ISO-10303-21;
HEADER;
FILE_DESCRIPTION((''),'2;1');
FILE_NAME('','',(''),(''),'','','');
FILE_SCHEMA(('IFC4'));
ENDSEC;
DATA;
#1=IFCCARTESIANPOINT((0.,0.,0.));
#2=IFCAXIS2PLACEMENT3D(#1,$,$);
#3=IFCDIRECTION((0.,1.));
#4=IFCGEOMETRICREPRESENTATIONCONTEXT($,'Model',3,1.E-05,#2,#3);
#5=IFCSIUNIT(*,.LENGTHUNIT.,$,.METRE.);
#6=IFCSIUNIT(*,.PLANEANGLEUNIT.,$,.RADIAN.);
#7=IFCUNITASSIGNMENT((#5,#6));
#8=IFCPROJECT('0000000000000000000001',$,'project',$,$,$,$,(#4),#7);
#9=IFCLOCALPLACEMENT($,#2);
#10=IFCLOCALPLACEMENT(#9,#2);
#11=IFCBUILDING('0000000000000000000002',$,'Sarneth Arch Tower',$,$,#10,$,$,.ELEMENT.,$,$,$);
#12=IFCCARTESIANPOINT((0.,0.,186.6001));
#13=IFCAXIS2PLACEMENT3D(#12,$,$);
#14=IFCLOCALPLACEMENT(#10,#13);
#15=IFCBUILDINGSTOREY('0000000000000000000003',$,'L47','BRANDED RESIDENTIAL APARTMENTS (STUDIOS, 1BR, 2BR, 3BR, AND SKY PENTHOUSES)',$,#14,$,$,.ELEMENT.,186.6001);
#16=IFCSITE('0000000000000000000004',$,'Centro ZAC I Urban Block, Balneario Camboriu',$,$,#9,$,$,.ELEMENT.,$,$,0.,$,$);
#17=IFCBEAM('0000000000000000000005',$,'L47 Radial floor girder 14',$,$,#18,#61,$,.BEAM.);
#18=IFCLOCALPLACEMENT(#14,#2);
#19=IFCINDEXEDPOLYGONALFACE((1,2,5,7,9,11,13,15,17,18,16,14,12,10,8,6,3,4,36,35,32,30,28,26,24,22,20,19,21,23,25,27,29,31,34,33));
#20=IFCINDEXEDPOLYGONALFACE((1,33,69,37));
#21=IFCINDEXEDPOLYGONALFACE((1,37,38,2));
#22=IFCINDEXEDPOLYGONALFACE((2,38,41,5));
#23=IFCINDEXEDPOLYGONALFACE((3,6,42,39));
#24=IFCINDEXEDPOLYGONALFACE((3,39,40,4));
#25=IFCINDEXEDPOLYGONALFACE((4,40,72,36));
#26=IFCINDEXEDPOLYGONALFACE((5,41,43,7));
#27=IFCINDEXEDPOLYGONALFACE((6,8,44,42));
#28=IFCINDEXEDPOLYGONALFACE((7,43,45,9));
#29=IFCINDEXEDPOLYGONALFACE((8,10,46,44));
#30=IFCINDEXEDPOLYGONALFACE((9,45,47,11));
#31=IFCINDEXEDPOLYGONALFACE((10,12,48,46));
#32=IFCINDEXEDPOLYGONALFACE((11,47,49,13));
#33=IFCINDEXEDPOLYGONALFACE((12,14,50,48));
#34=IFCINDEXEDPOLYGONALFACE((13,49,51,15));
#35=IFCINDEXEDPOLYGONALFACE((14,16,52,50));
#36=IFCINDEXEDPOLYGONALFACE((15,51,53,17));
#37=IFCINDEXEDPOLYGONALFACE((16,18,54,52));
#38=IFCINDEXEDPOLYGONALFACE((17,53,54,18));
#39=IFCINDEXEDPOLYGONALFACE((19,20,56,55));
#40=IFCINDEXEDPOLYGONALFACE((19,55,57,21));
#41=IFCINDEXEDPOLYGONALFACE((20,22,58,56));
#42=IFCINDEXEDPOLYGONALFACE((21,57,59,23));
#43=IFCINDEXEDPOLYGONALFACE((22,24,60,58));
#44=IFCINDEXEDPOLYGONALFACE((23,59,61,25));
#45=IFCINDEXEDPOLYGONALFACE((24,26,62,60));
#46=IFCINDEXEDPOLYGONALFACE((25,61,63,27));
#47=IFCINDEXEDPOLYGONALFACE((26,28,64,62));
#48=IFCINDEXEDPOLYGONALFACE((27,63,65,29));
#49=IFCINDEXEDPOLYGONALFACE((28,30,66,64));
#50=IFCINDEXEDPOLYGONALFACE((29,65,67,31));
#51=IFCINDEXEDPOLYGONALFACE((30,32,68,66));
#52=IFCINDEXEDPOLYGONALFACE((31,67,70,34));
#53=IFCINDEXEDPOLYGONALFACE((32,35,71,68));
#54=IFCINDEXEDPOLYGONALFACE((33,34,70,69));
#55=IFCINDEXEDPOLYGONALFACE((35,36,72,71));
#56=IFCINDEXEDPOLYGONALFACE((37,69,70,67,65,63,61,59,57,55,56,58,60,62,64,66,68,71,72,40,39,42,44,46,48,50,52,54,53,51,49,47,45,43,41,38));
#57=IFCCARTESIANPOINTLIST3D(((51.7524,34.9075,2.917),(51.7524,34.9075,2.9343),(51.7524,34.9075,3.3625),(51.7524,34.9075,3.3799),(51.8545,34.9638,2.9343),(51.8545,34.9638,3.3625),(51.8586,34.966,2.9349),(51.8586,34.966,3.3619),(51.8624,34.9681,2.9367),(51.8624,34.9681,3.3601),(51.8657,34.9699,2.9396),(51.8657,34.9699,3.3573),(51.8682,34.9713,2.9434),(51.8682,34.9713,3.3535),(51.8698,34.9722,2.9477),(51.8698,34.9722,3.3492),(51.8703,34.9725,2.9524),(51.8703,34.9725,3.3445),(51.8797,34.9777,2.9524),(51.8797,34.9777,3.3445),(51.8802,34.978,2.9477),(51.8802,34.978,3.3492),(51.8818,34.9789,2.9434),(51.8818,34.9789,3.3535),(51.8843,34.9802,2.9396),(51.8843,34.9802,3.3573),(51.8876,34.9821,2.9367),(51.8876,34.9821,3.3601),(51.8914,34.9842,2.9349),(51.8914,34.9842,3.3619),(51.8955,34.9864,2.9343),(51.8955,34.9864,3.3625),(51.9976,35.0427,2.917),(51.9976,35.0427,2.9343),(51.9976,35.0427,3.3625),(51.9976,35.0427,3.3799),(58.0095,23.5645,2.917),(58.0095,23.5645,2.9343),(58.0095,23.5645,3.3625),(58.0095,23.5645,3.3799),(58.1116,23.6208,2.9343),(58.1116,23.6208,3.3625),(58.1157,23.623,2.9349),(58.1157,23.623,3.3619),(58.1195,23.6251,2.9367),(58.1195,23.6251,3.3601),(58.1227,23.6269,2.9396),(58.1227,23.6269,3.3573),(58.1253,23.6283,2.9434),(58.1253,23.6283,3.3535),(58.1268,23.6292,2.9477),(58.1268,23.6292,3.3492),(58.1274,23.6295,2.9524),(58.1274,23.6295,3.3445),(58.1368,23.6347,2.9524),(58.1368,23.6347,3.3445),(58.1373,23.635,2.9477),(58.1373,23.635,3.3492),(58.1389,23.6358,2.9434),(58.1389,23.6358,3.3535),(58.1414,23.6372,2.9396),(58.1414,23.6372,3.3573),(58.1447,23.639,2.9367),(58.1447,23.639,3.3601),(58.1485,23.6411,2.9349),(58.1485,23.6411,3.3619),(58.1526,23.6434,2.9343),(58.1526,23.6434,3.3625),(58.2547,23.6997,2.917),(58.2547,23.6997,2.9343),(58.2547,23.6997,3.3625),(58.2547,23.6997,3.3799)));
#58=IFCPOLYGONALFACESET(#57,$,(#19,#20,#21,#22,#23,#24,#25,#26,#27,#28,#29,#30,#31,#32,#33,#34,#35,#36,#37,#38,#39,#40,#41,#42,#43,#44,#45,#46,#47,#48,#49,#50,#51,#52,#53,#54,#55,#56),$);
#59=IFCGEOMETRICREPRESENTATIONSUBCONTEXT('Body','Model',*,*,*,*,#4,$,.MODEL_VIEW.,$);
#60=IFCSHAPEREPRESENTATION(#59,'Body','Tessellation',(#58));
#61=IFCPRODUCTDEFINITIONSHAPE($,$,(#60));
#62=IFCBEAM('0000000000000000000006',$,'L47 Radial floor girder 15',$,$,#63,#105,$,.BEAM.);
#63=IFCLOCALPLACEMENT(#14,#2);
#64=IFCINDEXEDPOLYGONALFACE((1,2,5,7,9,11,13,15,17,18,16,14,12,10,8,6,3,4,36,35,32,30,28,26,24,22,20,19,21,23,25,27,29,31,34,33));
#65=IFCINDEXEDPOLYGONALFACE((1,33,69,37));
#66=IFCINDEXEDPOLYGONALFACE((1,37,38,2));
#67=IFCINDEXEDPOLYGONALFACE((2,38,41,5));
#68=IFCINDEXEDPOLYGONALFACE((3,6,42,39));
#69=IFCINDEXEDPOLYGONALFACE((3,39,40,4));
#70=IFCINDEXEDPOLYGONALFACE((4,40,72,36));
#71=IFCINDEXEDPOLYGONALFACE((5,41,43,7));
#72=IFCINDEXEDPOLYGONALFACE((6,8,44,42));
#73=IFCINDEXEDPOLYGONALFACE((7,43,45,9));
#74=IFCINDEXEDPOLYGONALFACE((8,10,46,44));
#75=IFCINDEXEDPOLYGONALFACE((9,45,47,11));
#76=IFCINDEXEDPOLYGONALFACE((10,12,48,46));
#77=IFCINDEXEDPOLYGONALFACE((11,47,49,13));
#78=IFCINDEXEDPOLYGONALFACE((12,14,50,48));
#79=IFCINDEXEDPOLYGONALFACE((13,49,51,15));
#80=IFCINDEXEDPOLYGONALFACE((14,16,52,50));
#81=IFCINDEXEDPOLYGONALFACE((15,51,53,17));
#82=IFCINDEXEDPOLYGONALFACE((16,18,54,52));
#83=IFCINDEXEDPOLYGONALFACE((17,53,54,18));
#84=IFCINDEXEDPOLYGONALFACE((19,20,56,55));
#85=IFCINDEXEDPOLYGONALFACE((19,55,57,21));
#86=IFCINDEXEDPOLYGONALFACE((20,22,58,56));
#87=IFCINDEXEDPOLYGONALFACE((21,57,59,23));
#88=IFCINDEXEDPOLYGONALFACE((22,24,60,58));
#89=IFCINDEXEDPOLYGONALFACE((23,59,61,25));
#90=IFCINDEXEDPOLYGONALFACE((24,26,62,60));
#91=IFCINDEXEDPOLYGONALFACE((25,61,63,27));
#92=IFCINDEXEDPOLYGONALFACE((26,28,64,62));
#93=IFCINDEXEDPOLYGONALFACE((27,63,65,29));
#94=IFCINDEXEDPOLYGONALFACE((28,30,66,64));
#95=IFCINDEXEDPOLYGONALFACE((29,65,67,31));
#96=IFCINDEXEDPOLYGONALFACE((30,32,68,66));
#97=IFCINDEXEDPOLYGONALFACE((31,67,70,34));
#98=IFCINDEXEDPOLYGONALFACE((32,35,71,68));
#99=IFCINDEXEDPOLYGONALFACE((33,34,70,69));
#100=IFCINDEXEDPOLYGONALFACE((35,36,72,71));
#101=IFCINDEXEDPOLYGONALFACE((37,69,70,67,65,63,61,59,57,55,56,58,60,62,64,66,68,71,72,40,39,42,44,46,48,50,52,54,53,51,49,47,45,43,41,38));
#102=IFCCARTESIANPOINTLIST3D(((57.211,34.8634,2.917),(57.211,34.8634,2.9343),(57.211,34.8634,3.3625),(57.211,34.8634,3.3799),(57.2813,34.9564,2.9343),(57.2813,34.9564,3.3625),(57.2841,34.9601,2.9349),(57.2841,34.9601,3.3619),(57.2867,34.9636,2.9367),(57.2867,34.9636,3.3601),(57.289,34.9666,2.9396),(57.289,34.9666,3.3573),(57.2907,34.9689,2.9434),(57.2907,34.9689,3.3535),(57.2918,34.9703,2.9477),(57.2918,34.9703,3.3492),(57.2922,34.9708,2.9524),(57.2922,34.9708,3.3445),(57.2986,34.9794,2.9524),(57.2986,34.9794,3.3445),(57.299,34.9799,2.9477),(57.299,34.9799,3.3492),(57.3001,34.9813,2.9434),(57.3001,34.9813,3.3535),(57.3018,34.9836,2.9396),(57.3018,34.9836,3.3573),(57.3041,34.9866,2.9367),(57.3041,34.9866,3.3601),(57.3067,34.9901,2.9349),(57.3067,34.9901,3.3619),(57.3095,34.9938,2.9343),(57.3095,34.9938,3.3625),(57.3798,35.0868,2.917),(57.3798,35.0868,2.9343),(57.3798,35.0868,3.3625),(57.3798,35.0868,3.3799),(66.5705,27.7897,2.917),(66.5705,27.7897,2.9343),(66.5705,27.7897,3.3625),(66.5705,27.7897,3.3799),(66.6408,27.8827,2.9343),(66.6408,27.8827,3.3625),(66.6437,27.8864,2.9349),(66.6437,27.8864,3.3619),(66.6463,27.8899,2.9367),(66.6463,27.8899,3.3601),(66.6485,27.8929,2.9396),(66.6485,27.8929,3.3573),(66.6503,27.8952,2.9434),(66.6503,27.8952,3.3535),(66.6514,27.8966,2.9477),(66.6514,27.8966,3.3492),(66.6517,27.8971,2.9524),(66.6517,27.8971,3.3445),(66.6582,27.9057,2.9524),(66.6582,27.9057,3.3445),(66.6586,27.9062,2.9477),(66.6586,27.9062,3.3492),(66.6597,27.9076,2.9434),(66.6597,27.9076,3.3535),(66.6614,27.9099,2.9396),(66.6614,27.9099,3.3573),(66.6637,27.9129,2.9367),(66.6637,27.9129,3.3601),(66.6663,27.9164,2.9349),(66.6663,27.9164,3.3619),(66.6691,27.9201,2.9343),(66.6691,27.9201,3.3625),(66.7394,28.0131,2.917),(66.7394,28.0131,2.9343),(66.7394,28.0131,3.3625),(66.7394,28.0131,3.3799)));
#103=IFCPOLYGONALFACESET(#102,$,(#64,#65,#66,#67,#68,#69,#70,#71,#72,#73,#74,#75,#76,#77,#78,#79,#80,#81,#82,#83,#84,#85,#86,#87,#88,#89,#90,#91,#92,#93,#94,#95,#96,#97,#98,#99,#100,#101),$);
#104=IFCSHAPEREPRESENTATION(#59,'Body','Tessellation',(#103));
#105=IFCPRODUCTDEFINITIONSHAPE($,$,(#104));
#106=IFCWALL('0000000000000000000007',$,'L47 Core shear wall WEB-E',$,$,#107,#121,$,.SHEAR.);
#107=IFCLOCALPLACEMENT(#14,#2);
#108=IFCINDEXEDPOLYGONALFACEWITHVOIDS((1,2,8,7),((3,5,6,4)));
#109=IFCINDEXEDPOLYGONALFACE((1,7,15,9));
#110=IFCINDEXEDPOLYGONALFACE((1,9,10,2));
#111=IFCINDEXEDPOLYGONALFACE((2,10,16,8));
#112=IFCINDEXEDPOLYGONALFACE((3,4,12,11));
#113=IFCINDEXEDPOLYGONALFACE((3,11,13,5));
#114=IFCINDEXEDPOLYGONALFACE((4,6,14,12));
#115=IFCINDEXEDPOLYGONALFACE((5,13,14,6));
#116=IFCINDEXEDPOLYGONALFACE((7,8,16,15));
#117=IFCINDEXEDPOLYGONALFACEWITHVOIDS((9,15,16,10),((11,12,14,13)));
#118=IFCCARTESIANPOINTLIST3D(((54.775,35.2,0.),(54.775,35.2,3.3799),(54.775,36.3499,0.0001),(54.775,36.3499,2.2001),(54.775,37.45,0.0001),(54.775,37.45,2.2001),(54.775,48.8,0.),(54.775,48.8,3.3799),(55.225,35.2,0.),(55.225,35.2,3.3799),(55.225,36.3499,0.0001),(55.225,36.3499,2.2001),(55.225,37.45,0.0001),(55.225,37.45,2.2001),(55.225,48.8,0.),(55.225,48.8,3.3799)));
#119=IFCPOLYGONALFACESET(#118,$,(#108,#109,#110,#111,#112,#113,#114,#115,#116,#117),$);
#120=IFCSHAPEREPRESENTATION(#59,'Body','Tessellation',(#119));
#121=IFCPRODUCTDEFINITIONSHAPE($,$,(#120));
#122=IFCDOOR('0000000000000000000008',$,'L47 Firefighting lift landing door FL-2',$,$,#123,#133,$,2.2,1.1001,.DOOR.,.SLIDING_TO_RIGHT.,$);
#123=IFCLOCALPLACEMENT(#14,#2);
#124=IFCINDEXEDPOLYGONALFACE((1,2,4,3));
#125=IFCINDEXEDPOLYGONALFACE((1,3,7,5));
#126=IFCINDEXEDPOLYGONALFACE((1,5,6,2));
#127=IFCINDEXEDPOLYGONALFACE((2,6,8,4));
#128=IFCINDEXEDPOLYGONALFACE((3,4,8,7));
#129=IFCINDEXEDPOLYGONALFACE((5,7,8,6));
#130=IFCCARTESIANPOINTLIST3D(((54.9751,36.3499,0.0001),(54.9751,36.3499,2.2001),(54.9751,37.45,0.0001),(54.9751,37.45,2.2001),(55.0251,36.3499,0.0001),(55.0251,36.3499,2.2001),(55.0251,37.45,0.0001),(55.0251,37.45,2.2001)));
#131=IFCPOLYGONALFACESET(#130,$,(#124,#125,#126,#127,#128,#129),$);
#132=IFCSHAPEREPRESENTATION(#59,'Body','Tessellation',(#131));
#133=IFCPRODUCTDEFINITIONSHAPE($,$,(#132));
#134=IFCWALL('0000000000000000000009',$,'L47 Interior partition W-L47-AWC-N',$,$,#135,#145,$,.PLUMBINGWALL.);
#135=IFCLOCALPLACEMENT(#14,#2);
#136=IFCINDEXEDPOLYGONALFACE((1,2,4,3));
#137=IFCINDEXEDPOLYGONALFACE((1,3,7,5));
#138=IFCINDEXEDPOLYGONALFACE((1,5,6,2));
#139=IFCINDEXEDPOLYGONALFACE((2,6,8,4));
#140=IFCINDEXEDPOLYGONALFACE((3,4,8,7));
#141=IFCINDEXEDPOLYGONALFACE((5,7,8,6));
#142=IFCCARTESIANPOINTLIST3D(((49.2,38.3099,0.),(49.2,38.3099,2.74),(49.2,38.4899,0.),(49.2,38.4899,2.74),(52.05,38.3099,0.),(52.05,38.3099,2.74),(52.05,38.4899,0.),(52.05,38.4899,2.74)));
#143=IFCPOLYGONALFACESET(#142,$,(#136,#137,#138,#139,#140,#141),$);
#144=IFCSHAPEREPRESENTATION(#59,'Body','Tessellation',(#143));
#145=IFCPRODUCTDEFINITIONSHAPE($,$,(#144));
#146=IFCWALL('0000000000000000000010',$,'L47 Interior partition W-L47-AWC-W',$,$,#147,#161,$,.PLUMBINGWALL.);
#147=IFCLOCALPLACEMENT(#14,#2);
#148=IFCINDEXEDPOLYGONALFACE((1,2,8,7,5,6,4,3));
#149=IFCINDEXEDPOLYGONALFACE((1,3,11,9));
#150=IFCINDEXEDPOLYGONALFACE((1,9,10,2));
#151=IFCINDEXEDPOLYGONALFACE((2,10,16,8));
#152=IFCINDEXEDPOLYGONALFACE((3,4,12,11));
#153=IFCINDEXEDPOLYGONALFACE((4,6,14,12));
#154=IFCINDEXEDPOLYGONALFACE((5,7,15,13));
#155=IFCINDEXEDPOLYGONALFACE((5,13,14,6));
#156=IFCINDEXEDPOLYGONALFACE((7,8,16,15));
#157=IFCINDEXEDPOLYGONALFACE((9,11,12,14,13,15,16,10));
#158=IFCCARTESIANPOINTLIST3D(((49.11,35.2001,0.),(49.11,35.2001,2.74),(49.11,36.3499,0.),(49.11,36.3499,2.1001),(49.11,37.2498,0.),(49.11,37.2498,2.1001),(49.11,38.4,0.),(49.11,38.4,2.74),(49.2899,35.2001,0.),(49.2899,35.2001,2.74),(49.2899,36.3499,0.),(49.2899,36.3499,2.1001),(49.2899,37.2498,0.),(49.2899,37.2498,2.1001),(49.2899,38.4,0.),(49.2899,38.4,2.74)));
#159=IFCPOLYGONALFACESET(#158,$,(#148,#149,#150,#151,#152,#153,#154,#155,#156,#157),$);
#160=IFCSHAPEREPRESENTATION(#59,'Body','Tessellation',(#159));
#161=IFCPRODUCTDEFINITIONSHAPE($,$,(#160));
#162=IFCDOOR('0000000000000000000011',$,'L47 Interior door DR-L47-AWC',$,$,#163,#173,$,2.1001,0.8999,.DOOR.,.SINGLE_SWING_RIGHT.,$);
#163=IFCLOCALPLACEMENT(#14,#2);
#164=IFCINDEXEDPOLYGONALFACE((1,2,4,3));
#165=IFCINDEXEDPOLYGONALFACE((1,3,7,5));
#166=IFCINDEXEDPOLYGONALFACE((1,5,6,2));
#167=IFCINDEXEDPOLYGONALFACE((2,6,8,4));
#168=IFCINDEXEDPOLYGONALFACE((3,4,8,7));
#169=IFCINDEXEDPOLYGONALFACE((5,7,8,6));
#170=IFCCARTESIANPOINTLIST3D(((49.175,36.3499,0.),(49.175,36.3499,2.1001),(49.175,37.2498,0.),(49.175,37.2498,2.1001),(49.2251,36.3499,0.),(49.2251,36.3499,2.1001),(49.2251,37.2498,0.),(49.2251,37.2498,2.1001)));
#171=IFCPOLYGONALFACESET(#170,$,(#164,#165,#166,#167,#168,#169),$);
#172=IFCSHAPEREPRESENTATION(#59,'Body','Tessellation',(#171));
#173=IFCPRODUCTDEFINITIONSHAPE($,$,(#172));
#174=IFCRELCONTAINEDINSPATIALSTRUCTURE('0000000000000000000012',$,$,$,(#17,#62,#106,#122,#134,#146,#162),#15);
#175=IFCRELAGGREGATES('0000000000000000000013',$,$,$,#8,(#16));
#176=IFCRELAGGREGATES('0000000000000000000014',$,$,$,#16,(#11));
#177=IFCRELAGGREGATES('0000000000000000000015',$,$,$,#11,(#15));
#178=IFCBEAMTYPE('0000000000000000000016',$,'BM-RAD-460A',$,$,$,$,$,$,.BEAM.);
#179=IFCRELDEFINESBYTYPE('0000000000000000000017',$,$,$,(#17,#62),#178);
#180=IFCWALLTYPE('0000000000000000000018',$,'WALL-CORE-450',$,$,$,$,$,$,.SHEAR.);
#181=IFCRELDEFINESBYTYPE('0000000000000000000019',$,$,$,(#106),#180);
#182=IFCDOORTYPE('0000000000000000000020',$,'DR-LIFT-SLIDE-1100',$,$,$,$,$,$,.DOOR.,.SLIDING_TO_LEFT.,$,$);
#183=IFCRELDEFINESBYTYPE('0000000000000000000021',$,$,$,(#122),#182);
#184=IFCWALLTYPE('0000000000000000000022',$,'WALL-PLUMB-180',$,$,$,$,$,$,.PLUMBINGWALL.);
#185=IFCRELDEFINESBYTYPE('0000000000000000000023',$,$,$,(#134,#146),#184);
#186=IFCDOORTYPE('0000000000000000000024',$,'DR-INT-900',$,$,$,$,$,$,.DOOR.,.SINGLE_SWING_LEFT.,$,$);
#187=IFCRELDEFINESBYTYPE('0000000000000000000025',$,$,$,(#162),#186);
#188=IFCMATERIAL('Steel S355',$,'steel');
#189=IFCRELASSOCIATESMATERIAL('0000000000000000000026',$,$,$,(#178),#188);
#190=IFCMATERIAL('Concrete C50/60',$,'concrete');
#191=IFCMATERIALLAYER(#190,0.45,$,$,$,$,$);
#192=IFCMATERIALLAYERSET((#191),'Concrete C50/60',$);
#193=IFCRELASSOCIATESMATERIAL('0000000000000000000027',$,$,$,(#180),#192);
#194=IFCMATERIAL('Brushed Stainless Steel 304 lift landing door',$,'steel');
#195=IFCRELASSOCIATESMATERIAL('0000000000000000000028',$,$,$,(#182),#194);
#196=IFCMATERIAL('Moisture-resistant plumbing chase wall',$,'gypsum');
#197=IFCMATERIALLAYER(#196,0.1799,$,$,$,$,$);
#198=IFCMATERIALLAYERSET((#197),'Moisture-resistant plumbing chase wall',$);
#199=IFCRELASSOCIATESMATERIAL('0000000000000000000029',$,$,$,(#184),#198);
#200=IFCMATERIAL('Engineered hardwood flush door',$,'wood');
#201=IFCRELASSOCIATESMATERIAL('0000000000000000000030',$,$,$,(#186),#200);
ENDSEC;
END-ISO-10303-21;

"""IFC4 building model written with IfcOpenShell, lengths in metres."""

from ifc_helpers import new_model, si_unit, direction, frame, frame_2d, origin, origin_2d, place, context, subcontext, project, spatial, rectangle, i_section, extrude, material, layer, layer_set, material_profile, profile_set, type_object, element, fill, save


model = new_model("IFC4")

# Units and contexts
model_context = context("Model", 3, precision=1e-05, world=origin(), true_north=direction((0.0, 1.0)))
body_context = subcontext(model_context, "Body", "Model", "MODEL_VIEW")
ifc_project = project(units=[si_unit("LENGTHUNIT", "METRE"), si_unit("PLANEANGLEUNIT", "RADIAN")], contexts=[model_context])

# Site, building, storey
site_placement = place(None, origin())
site = spatial("IfcSite", under=ifc_project, at=site_placement, Name="Centro ZAC I Urban Block, Balneario Camboriu", CompositionType="ELEMENT", RefElevation=0.0)
building_placement = place(site_placement, origin())
building = spatial("IfcBuilding", under=site, at=building_placement, Name="Sarneth Arch Tower", CompositionType="ELEMENT")
storey_placement = place(building_placement, frame((0.0, 0.0, 186.6001)))
storey = spatial("IfcBuildingStorey", under=building, at=storey_placement, Name="L47", Description="BRANDED RESIDENTIAL APARTMENTS (STUDIOS, 1BR, 2BR, 3BR, AND SKY PENTHOUSES)", CompositionType="ELEMENT", Elevation=186.6001)

# Beams
ifc_material_1 = material(Name="Steel S355", Category="steel")
ifc_material_profile_1 = material_profile(ifc_material_1, i_section(OverallWidth=0.28, OverallDepth=0.4629, WebThickness=0.0107, FlangeThickness=0.0173, FilletRadius=0.0181, at=origin_2d()), Name="W460x113")
ifc_profile_set_1 = profile_set([ifc_material_profile_1], Name="Steel S355")
beam_type_1 = type_object("IfcBeamType", Name="BM-RAD-460A", PredefinedType="BEAM", material=ifc_profile_set_1)
beam_1_placement = place(storey_placement, frame((51.875, 34.9751, 3.1484), z_axis=(0.48301, -0.875615, 0.0), x_axis=(0.875615, 0.48301, 0.0)))
element("IfcBeam", 1, at=beam_1_placement, inside=storey, type_object=beam_type_1, Name="L47 Radial floor girder 14", PredefinedType="BEAM", context=body_context, shape_type="SweptSolid", body=[
    extrude(i_section(OverallWidth=0.28, OverallDepth=0.4629, WebThickness=0.0107, FlangeThickness=0.0173, FilletRadius=0.0181, at=origin_2d()), origin(), (0.0, 0.0, 1.0), 12.9543),
])
beam_2_placement = place(storey_placement, frame((57.2954, 34.9751, 3.1484), z_axis=(0.797785, -0.602943, 0.0), x_axis=(0.602943, 0.797785, 0.0)))
element("IfcBeam", 2, at=beam_2_placement, inside=storey, type_object=beam_type_1, Name="L47 Radial floor girder 15", PredefinedType="BEAM", context=body_context, shape_type="SweptSolid", body=[
    extrude(i_section(OverallWidth=0.28, OverallDepth=0.4629, WebThickness=0.0107, FlangeThickness=0.0173, FilletRadius=0.0181, at=origin_2d()), origin(), (0.0, 0.0, 1.0), 11.7319),
])

# Wall, opening, door
ifc_material_2 = material(Name="Concrete C50/60", Category="concrete")
ifc_layer_1 = layer(ifc_material_2, 0.45)
ifc_layer_set_1 = layer_set([ifc_layer_1], Name="Concrete C50/60")
wall_type_1 = type_object("IfcWallType", Name="WALL-CORE-450", PredefinedType="SHEAR", material=ifc_layer_set_1)
wall_1_placement = place(storey_placement, frame((55.0, 35.2, 0.0), z_axis=(0.0, 0.0, 1.0), x_axis=(0.0, 1.0, 0.0)))
wall_1 = element("IfcWall", 3, at=wall_1_placement, inside=storey, type_object=wall_type_1, Name="L47 Core shear wall WEB-E", PredefinedType="SHEAR", context=body_context, shape_type="SweptSolid", body=[
    extrude(rectangle(XDim=13.6001, YDim=0.45, at=frame_2d((6.8, 0.0))), origin(), (0.0, 0.0, 1.0), 3.3799),
])
opening_1_placement = place(wall_1_placement, frame((1.1499, 0.0, 0.0)))
opening_1 = element("IfcOpeningElement", 4, at=opening_1_placement, cuts=wall_1, PredefinedType="OPENING", context=body_context, shape_type="SweptSolid", body=[
    extrude(rectangle(XDim=1.1001, YDim=2.2, at=frame_2d((0.55, 1.1001))), frame((0.0, 0.2349, 0.0), z_axis=(0.0, -1.0, 0.0), x_axis=(1.0, 0.0, 0.0)), (0.0, 0.0, 1.0), 0.47),
])
ifc_material_3 = material(Name="Brushed Stainless Steel 304 lift landing door", Category="steel")
door_type_1 = type_object("IfcDoorType", Name="DR-LIFT-SLIDE-1100", OperationType="SLIDING_TO_LEFT", PredefinedType="DOOR", material=ifc_material_3)
door_1_placement = place(opening_1_placement, origin())
door_1 = element("IfcDoor", 5, at=door_1_placement, inside=storey, type_object=door_type_1, Name="L47 Firefighting lift landing door FL-2", OperationType="SLIDING_TO_RIGHT", OverallHeight=2.2, OverallWidth=1.1001, PredefinedType="DOOR", context=body_context, shape_type="SweptSolid", body=[
    extrude(rectangle(XDim=1.1001, YDim=2.2, at=frame_2d((0.55, 1.1001))), frame((0.0, 0.0249, 0.0), z_axis=(0.0, -1.0, 0.0), x_axis=(1.0, 0.0, 0.0)), (0.0, 0.0, 1.0), 0.05),
])
fill(opening_1, door_1)

# Wall
ifc_material_4 = material(Name="Moisture-resistant plumbing chase wall", Category="gypsum")
ifc_layer_2 = layer(ifc_material_4, 0.1799)
ifc_layer_set_2 = layer_set([ifc_layer_2], Name="Moisture-resistant plumbing chase wall")
wall_type_2 = type_object("IfcWallType", Name="WALL-PLUMB-180", PredefinedType="PLUMBINGWALL", material=ifc_layer_set_2)
wall_2_placement = place(storey_placement, frame((49.2, 38.3999, 0.0), z_axis=(0.0, 0.0, 1.0), x_axis=(1.0, 0.0, 0.0)))
element("IfcWall", 6, at=wall_2_placement, inside=storey, type_object=wall_type_2, Name="L47 Interior partition W-L47-AWC-N", PredefinedType="PLUMBINGWALL", context=body_context, shape_type="SweptSolid", body=[
    extrude(rectangle(XDim=2.8501, YDim=0.1799, at=frame_2d((1.425, 0.0))), origin(), (0.0, 0.0, 1.0), 2.74),
])

# Wall, opening, door
wall_3_placement = place(storey_placement, frame((49.2, 35.2, 0.0), z_axis=(0.0, 0.0, 1.0), x_axis=(0.0, 1.0, 0.0)))
wall_3 = element("IfcWall", 7, at=wall_3_placement, inside=storey, type_object=wall_type_2, Name="L47 Interior partition W-L47-AWC-W", PredefinedType="PLUMBINGWALL", context=body_context, shape_type="SweptSolid", body=[
    extrude(rectangle(XDim=3.2, YDim=0.1799, at=frame_2d((1.6001, 0.0))), origin(), (0.0, 0.0, 1.0), 2.74),
])
opening_2_placement = place(wall_3_placement, frame((1.1499, 0.0, 0.0)))
opening_2 = element("IfcOpeningElement", 8, at=opening_2_placement, cuts=wall_3, PredefinedType="OPENING", context=body_context, shape_type="SweptSolid", body=[
    extrude(rectangle(XDim=0.8999, YDim=2.1001, at=frame_2d((0.45, 1.05))), frame((0.0, 0.0999, 0.0), z_axis=(0.0, -1.0, 0.0), x_axis=(1.0, 0.0, 0.0)), (0.0, 0.0, 1.0), 0.2),
])
ifc_material_5 = material(Name="Engineered hardwood flush door", Category="wood")
door_type_2 = type_object("IfcDoorType", Name="DR-INT-900", OperationType="SINGLE_SWING_LEFT", PredefinedType="DOOR", material=ifc_material_5)
door_2_placement = place(opening_2_placement, origin())
door_2 = element("IfcDoor", 9, at=door_2_placement, inside=storey, type_object=door_type_2, Name="L47 Interior door DR-L47-AWC", OperationType="SINGLE_SWING_RIGHT", OverallHeight=2.1001, OverallWidth=0.8999, PredefinedType="DOOR", context=body_context, shape_type="SweptSolid", body=[
    extrude(rectangle(XDim=0.8999, YDim=2.1001, at=frame_2d((0.45, 1.05))), frame((0.0, 0.0249, 0.0), z_axis=(0.0, -1.0, 0.0), x_axis=(1.0, 0.0, 0.0)), (0.0, 0.0, 1.0), 0.05),
])
fill(opening_2, door_2)

save(model, "model.ifc")
